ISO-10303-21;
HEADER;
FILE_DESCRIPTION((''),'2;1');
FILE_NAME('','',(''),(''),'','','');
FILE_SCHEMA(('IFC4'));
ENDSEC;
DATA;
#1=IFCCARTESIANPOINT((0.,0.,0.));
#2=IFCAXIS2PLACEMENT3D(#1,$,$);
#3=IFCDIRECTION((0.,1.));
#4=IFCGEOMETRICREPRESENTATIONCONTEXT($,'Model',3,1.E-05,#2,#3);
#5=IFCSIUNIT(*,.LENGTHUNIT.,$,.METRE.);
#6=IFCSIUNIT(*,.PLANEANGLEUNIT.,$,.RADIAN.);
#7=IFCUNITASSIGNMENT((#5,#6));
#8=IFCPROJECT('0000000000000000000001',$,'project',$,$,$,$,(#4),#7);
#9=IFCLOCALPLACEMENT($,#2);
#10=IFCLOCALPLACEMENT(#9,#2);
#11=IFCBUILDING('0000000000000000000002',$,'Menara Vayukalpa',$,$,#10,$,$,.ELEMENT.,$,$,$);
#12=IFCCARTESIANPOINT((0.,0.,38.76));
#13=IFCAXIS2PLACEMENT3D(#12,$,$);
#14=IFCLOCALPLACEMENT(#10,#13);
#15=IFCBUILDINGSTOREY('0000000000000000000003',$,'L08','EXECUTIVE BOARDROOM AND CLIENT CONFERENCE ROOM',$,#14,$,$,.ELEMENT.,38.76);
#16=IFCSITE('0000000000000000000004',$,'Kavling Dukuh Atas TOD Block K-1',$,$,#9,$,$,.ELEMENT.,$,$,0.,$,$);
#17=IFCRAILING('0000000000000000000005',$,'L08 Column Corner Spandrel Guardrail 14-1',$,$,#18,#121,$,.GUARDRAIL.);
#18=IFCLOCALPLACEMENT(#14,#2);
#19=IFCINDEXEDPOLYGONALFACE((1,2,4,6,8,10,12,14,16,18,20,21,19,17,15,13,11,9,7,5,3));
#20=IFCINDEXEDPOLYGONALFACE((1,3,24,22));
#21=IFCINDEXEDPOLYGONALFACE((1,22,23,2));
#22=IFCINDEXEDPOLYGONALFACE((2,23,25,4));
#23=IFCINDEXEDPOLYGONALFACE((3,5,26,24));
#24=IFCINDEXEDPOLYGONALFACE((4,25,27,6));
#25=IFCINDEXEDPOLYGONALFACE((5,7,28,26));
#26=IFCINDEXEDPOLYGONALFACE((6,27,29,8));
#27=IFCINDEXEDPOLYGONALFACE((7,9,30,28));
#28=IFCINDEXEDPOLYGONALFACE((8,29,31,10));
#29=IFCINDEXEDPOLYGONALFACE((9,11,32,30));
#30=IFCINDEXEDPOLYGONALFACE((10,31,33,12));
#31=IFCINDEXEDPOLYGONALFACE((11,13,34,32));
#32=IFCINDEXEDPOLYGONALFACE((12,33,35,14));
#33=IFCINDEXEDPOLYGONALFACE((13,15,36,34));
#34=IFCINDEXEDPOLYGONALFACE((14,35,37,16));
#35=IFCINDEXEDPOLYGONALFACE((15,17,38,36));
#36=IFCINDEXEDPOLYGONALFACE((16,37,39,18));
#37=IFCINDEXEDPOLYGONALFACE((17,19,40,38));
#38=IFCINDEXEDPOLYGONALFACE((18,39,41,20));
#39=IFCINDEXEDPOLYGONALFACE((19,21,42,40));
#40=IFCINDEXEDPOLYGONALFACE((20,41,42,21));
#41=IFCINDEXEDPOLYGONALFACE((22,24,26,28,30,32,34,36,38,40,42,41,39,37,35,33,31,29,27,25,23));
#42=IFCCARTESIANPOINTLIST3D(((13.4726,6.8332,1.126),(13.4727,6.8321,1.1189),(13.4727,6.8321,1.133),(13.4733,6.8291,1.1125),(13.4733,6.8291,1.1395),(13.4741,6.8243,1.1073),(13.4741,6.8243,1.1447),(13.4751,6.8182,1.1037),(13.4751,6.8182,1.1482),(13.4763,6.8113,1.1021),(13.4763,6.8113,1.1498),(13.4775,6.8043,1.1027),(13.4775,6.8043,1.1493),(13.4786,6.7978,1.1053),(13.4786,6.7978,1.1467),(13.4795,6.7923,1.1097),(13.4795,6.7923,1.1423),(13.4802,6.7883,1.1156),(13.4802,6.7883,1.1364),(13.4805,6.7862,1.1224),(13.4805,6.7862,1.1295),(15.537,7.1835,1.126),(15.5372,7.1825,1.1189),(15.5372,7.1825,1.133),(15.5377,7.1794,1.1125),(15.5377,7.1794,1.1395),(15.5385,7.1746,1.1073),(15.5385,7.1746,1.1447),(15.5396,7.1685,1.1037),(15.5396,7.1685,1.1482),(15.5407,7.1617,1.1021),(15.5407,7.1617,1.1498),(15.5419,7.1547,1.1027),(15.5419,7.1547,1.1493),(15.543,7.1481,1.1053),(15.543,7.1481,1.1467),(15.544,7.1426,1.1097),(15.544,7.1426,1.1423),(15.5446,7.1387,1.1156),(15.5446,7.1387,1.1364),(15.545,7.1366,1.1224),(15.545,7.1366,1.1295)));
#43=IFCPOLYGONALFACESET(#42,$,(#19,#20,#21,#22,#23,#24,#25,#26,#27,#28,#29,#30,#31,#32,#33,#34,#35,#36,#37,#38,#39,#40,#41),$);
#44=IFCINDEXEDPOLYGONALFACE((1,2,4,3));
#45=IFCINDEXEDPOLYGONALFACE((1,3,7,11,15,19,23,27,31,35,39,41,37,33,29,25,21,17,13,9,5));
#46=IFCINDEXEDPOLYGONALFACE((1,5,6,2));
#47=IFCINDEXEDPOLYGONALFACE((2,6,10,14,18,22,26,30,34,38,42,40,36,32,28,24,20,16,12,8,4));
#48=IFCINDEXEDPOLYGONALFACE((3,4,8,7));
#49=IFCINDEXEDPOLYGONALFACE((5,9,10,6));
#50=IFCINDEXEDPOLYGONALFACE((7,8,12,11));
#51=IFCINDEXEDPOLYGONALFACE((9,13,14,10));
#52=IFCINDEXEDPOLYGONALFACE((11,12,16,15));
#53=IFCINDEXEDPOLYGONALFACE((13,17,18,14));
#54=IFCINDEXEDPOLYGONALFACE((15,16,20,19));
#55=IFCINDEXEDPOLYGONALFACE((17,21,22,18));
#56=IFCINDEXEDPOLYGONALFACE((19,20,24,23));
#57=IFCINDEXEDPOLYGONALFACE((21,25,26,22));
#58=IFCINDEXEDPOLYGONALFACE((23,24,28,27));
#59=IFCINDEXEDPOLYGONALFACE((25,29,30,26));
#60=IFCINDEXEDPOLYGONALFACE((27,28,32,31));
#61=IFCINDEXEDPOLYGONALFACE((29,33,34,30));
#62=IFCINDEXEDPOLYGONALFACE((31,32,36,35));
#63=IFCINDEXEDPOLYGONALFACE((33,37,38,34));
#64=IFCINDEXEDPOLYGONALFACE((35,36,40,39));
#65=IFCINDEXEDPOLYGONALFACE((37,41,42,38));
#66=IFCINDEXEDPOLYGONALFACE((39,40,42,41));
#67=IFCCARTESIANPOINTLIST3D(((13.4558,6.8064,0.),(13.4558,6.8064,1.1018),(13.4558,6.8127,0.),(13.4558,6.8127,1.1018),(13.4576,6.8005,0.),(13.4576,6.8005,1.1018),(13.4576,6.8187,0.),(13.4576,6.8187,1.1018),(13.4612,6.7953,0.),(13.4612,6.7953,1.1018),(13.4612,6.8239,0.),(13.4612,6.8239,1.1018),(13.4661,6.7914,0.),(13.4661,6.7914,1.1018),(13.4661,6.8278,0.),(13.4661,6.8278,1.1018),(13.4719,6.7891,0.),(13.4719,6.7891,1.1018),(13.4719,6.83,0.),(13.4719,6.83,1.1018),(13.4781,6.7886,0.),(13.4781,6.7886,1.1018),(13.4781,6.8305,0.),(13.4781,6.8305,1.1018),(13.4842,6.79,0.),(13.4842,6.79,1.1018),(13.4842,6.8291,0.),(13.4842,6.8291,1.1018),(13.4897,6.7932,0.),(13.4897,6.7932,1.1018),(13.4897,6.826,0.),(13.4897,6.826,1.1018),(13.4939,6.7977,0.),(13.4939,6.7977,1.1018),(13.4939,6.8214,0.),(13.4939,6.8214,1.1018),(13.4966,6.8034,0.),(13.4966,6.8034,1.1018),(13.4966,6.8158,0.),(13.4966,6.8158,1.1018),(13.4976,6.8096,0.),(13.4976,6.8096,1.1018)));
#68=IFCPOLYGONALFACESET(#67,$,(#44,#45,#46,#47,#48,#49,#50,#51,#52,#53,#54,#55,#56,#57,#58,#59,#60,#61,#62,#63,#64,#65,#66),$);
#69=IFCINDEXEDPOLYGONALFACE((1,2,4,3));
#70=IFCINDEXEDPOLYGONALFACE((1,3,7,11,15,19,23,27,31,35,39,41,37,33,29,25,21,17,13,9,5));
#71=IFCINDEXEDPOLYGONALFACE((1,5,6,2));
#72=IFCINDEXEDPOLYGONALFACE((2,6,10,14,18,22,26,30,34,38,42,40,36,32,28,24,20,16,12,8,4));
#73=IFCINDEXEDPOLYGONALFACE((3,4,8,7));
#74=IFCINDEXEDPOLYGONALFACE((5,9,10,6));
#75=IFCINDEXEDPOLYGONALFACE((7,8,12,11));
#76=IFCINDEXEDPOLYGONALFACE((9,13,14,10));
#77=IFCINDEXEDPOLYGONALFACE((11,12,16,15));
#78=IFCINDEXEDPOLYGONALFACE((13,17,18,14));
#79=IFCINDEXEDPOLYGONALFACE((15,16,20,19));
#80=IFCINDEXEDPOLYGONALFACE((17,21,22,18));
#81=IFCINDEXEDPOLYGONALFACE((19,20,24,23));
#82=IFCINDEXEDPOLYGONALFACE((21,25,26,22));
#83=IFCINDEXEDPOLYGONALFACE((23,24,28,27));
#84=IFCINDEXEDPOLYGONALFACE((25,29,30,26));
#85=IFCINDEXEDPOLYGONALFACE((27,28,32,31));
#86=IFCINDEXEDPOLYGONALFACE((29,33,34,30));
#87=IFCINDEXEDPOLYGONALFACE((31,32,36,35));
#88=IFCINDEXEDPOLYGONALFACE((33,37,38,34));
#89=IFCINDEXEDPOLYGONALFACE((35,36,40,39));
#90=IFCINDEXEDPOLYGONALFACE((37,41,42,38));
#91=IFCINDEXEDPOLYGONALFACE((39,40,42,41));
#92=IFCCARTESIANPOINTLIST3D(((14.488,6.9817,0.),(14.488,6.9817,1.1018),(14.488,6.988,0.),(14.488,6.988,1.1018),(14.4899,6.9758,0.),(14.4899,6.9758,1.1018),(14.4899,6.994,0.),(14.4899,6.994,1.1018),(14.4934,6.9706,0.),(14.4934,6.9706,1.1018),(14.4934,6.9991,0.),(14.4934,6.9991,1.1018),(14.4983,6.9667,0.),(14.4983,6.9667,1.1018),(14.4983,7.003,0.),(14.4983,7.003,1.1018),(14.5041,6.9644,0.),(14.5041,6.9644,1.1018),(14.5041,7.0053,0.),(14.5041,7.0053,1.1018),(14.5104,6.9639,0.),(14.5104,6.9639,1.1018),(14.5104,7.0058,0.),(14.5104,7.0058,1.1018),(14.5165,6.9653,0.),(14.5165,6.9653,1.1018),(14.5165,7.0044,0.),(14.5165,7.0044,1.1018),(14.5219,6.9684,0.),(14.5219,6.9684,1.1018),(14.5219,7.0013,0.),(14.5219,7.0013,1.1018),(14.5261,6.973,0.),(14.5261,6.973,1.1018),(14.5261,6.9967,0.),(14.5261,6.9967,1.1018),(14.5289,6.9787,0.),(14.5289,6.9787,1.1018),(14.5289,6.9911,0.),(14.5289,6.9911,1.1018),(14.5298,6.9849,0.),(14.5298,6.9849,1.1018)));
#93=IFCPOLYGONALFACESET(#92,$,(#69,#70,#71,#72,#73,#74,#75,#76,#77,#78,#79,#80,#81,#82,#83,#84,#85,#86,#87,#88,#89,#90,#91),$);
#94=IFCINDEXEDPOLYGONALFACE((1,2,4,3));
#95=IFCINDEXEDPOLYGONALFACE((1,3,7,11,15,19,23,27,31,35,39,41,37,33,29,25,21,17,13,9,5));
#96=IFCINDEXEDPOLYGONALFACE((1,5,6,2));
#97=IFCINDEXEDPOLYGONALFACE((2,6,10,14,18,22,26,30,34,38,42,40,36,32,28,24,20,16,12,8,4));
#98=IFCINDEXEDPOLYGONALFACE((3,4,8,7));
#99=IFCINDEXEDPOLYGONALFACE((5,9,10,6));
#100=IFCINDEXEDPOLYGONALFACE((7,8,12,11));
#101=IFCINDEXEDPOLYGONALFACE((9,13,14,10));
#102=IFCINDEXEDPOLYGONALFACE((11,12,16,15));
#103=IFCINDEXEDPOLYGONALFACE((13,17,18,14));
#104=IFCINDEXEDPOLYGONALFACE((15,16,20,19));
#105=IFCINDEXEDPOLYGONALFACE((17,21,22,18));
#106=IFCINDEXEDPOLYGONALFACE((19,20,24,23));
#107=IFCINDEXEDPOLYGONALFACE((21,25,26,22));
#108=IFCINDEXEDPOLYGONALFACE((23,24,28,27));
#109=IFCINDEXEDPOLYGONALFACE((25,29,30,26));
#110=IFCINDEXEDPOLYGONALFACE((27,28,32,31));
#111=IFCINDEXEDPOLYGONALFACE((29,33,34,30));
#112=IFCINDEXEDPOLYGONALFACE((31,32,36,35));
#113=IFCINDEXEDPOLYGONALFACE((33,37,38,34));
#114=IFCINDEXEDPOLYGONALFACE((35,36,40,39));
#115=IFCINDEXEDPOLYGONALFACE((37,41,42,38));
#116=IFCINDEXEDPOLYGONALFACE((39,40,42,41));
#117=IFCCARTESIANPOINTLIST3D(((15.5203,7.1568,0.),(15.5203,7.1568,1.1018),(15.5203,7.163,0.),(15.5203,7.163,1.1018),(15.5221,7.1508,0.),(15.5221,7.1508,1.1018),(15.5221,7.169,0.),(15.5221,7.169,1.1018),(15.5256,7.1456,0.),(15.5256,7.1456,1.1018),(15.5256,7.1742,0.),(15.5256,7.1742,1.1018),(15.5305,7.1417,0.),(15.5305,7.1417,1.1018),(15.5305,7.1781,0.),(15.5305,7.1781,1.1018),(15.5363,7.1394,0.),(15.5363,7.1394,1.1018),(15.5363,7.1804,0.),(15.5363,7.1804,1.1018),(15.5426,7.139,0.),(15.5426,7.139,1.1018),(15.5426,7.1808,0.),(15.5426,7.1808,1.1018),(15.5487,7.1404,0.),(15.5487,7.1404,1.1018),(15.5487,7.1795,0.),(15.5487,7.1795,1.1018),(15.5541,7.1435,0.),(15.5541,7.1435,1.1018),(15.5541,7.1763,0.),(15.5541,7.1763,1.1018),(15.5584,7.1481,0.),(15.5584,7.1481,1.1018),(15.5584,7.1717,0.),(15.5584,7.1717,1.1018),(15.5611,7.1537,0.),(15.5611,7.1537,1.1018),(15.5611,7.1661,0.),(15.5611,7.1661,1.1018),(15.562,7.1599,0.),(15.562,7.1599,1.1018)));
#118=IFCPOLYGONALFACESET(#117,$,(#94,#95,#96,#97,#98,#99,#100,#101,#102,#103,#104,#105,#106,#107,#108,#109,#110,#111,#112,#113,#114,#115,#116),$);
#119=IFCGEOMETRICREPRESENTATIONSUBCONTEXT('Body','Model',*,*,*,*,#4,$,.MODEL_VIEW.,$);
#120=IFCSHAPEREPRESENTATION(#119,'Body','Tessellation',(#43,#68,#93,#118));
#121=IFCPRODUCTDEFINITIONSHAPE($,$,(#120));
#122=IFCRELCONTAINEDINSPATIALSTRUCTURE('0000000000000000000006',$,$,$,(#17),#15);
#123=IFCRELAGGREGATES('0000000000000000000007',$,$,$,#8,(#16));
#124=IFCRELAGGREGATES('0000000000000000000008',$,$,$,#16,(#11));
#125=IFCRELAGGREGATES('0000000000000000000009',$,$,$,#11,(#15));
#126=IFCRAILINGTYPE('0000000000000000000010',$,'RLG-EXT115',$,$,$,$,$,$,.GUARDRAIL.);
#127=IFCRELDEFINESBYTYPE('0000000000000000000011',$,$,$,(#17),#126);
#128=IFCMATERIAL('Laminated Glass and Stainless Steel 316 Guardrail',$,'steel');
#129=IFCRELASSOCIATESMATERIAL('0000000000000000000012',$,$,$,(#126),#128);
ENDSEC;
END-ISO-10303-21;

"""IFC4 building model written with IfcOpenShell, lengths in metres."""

from ifc_helpers import new_model, si_unit, direction, frame, origin, origin_2d, place, context, subcontext, project, spatial, circle, extrude, material, type_object, element, save


model = new_model("IFC4")

# Units and contexts
model_context = context("Model", 3, precision=1e-05, world=origin(), true_north=direction((0.0, 1.0)))
body_context = subcontext(model_context, "Body", "Model", "MODEL_VIEW")
ifc_project = project(units=[si_unit("LENGTHUNIT", "METRE"), si_unit("PLANEANGLEUNIT", "RADIAN")], contexts=[model_context])

# Site, building, storey
site_placement = place(None, origin())
site = spatial("IfcSite", under=ifc_project, at=site_placement, Name="Kavling Dukuh Atas TOD Block K-1", CompositionType="ELEMENT", RefElevation=0.0)
building_placement = place(site_placement, origin())
building = spatial("IfcBuilding", under=site, at=building_placement, Name="Menara Vayukalpa", CompositionType="ELEMENT")
storey_placement = place(building_placement, frame((0.0, 0.0, 38.76)))
storey = spatial("IfcBuildingStorey", under=building, at=storey_placement, Name="L08", Description="EXECUTIVE BOARDROOM AND CLIENT CONFERENCE ROOM", CompositionType="ELEMENT", Elevation=38.76)

# Railing
ifc_material_1 = material(Name="Laminated Glass and Stainless Steel 316 Guardrail", Category="steel")
railing_type = type_object("IfcRailingType", Name="RLG-EXT115", PredefinedType="GUARDRAIL", material=ifc_material_1)
railing_1_placement = place(storey_placement, frame((13.4766, 6.8096, 0.0)))
element("IfcRailing", 1, at=railing_1_placement, inside=storey, type_object=railing_type, Name="L08 Column Corner Spandrel Guardrail 14-1", PredefinedType="GUARDRAIL", context=body_context, shape_type="SweptSolid", body=[
    extrude(circle(Radius=0.0239, at=origin_2d()), frame((0.0, 0.0, 1.126), z_axis=(0.985904, 0.16731, 0.0), x_axis=(-0.16731, 0.985904, 0.0)), (0.0, 0.0, 1.0), 2.094),
    extrude(circle(Radius=0.021, at=origin_2d()), origin(), (0.0, 0.0, 1.0), 1.1018),
    extrude(circle(Radius=0.021, at=origin_2d()), frame((1.0322, 0.1753, 0.0)), (0.0, 0.0, 1.0), 1.1018),
    extrude(circle(Radius=0.021, at=origin_2d()), frame((2.0645, 0.3503, 0.0)), (0.0, 0.0, 1.0), 1.1018),
])

save(model, "model.ifc")
